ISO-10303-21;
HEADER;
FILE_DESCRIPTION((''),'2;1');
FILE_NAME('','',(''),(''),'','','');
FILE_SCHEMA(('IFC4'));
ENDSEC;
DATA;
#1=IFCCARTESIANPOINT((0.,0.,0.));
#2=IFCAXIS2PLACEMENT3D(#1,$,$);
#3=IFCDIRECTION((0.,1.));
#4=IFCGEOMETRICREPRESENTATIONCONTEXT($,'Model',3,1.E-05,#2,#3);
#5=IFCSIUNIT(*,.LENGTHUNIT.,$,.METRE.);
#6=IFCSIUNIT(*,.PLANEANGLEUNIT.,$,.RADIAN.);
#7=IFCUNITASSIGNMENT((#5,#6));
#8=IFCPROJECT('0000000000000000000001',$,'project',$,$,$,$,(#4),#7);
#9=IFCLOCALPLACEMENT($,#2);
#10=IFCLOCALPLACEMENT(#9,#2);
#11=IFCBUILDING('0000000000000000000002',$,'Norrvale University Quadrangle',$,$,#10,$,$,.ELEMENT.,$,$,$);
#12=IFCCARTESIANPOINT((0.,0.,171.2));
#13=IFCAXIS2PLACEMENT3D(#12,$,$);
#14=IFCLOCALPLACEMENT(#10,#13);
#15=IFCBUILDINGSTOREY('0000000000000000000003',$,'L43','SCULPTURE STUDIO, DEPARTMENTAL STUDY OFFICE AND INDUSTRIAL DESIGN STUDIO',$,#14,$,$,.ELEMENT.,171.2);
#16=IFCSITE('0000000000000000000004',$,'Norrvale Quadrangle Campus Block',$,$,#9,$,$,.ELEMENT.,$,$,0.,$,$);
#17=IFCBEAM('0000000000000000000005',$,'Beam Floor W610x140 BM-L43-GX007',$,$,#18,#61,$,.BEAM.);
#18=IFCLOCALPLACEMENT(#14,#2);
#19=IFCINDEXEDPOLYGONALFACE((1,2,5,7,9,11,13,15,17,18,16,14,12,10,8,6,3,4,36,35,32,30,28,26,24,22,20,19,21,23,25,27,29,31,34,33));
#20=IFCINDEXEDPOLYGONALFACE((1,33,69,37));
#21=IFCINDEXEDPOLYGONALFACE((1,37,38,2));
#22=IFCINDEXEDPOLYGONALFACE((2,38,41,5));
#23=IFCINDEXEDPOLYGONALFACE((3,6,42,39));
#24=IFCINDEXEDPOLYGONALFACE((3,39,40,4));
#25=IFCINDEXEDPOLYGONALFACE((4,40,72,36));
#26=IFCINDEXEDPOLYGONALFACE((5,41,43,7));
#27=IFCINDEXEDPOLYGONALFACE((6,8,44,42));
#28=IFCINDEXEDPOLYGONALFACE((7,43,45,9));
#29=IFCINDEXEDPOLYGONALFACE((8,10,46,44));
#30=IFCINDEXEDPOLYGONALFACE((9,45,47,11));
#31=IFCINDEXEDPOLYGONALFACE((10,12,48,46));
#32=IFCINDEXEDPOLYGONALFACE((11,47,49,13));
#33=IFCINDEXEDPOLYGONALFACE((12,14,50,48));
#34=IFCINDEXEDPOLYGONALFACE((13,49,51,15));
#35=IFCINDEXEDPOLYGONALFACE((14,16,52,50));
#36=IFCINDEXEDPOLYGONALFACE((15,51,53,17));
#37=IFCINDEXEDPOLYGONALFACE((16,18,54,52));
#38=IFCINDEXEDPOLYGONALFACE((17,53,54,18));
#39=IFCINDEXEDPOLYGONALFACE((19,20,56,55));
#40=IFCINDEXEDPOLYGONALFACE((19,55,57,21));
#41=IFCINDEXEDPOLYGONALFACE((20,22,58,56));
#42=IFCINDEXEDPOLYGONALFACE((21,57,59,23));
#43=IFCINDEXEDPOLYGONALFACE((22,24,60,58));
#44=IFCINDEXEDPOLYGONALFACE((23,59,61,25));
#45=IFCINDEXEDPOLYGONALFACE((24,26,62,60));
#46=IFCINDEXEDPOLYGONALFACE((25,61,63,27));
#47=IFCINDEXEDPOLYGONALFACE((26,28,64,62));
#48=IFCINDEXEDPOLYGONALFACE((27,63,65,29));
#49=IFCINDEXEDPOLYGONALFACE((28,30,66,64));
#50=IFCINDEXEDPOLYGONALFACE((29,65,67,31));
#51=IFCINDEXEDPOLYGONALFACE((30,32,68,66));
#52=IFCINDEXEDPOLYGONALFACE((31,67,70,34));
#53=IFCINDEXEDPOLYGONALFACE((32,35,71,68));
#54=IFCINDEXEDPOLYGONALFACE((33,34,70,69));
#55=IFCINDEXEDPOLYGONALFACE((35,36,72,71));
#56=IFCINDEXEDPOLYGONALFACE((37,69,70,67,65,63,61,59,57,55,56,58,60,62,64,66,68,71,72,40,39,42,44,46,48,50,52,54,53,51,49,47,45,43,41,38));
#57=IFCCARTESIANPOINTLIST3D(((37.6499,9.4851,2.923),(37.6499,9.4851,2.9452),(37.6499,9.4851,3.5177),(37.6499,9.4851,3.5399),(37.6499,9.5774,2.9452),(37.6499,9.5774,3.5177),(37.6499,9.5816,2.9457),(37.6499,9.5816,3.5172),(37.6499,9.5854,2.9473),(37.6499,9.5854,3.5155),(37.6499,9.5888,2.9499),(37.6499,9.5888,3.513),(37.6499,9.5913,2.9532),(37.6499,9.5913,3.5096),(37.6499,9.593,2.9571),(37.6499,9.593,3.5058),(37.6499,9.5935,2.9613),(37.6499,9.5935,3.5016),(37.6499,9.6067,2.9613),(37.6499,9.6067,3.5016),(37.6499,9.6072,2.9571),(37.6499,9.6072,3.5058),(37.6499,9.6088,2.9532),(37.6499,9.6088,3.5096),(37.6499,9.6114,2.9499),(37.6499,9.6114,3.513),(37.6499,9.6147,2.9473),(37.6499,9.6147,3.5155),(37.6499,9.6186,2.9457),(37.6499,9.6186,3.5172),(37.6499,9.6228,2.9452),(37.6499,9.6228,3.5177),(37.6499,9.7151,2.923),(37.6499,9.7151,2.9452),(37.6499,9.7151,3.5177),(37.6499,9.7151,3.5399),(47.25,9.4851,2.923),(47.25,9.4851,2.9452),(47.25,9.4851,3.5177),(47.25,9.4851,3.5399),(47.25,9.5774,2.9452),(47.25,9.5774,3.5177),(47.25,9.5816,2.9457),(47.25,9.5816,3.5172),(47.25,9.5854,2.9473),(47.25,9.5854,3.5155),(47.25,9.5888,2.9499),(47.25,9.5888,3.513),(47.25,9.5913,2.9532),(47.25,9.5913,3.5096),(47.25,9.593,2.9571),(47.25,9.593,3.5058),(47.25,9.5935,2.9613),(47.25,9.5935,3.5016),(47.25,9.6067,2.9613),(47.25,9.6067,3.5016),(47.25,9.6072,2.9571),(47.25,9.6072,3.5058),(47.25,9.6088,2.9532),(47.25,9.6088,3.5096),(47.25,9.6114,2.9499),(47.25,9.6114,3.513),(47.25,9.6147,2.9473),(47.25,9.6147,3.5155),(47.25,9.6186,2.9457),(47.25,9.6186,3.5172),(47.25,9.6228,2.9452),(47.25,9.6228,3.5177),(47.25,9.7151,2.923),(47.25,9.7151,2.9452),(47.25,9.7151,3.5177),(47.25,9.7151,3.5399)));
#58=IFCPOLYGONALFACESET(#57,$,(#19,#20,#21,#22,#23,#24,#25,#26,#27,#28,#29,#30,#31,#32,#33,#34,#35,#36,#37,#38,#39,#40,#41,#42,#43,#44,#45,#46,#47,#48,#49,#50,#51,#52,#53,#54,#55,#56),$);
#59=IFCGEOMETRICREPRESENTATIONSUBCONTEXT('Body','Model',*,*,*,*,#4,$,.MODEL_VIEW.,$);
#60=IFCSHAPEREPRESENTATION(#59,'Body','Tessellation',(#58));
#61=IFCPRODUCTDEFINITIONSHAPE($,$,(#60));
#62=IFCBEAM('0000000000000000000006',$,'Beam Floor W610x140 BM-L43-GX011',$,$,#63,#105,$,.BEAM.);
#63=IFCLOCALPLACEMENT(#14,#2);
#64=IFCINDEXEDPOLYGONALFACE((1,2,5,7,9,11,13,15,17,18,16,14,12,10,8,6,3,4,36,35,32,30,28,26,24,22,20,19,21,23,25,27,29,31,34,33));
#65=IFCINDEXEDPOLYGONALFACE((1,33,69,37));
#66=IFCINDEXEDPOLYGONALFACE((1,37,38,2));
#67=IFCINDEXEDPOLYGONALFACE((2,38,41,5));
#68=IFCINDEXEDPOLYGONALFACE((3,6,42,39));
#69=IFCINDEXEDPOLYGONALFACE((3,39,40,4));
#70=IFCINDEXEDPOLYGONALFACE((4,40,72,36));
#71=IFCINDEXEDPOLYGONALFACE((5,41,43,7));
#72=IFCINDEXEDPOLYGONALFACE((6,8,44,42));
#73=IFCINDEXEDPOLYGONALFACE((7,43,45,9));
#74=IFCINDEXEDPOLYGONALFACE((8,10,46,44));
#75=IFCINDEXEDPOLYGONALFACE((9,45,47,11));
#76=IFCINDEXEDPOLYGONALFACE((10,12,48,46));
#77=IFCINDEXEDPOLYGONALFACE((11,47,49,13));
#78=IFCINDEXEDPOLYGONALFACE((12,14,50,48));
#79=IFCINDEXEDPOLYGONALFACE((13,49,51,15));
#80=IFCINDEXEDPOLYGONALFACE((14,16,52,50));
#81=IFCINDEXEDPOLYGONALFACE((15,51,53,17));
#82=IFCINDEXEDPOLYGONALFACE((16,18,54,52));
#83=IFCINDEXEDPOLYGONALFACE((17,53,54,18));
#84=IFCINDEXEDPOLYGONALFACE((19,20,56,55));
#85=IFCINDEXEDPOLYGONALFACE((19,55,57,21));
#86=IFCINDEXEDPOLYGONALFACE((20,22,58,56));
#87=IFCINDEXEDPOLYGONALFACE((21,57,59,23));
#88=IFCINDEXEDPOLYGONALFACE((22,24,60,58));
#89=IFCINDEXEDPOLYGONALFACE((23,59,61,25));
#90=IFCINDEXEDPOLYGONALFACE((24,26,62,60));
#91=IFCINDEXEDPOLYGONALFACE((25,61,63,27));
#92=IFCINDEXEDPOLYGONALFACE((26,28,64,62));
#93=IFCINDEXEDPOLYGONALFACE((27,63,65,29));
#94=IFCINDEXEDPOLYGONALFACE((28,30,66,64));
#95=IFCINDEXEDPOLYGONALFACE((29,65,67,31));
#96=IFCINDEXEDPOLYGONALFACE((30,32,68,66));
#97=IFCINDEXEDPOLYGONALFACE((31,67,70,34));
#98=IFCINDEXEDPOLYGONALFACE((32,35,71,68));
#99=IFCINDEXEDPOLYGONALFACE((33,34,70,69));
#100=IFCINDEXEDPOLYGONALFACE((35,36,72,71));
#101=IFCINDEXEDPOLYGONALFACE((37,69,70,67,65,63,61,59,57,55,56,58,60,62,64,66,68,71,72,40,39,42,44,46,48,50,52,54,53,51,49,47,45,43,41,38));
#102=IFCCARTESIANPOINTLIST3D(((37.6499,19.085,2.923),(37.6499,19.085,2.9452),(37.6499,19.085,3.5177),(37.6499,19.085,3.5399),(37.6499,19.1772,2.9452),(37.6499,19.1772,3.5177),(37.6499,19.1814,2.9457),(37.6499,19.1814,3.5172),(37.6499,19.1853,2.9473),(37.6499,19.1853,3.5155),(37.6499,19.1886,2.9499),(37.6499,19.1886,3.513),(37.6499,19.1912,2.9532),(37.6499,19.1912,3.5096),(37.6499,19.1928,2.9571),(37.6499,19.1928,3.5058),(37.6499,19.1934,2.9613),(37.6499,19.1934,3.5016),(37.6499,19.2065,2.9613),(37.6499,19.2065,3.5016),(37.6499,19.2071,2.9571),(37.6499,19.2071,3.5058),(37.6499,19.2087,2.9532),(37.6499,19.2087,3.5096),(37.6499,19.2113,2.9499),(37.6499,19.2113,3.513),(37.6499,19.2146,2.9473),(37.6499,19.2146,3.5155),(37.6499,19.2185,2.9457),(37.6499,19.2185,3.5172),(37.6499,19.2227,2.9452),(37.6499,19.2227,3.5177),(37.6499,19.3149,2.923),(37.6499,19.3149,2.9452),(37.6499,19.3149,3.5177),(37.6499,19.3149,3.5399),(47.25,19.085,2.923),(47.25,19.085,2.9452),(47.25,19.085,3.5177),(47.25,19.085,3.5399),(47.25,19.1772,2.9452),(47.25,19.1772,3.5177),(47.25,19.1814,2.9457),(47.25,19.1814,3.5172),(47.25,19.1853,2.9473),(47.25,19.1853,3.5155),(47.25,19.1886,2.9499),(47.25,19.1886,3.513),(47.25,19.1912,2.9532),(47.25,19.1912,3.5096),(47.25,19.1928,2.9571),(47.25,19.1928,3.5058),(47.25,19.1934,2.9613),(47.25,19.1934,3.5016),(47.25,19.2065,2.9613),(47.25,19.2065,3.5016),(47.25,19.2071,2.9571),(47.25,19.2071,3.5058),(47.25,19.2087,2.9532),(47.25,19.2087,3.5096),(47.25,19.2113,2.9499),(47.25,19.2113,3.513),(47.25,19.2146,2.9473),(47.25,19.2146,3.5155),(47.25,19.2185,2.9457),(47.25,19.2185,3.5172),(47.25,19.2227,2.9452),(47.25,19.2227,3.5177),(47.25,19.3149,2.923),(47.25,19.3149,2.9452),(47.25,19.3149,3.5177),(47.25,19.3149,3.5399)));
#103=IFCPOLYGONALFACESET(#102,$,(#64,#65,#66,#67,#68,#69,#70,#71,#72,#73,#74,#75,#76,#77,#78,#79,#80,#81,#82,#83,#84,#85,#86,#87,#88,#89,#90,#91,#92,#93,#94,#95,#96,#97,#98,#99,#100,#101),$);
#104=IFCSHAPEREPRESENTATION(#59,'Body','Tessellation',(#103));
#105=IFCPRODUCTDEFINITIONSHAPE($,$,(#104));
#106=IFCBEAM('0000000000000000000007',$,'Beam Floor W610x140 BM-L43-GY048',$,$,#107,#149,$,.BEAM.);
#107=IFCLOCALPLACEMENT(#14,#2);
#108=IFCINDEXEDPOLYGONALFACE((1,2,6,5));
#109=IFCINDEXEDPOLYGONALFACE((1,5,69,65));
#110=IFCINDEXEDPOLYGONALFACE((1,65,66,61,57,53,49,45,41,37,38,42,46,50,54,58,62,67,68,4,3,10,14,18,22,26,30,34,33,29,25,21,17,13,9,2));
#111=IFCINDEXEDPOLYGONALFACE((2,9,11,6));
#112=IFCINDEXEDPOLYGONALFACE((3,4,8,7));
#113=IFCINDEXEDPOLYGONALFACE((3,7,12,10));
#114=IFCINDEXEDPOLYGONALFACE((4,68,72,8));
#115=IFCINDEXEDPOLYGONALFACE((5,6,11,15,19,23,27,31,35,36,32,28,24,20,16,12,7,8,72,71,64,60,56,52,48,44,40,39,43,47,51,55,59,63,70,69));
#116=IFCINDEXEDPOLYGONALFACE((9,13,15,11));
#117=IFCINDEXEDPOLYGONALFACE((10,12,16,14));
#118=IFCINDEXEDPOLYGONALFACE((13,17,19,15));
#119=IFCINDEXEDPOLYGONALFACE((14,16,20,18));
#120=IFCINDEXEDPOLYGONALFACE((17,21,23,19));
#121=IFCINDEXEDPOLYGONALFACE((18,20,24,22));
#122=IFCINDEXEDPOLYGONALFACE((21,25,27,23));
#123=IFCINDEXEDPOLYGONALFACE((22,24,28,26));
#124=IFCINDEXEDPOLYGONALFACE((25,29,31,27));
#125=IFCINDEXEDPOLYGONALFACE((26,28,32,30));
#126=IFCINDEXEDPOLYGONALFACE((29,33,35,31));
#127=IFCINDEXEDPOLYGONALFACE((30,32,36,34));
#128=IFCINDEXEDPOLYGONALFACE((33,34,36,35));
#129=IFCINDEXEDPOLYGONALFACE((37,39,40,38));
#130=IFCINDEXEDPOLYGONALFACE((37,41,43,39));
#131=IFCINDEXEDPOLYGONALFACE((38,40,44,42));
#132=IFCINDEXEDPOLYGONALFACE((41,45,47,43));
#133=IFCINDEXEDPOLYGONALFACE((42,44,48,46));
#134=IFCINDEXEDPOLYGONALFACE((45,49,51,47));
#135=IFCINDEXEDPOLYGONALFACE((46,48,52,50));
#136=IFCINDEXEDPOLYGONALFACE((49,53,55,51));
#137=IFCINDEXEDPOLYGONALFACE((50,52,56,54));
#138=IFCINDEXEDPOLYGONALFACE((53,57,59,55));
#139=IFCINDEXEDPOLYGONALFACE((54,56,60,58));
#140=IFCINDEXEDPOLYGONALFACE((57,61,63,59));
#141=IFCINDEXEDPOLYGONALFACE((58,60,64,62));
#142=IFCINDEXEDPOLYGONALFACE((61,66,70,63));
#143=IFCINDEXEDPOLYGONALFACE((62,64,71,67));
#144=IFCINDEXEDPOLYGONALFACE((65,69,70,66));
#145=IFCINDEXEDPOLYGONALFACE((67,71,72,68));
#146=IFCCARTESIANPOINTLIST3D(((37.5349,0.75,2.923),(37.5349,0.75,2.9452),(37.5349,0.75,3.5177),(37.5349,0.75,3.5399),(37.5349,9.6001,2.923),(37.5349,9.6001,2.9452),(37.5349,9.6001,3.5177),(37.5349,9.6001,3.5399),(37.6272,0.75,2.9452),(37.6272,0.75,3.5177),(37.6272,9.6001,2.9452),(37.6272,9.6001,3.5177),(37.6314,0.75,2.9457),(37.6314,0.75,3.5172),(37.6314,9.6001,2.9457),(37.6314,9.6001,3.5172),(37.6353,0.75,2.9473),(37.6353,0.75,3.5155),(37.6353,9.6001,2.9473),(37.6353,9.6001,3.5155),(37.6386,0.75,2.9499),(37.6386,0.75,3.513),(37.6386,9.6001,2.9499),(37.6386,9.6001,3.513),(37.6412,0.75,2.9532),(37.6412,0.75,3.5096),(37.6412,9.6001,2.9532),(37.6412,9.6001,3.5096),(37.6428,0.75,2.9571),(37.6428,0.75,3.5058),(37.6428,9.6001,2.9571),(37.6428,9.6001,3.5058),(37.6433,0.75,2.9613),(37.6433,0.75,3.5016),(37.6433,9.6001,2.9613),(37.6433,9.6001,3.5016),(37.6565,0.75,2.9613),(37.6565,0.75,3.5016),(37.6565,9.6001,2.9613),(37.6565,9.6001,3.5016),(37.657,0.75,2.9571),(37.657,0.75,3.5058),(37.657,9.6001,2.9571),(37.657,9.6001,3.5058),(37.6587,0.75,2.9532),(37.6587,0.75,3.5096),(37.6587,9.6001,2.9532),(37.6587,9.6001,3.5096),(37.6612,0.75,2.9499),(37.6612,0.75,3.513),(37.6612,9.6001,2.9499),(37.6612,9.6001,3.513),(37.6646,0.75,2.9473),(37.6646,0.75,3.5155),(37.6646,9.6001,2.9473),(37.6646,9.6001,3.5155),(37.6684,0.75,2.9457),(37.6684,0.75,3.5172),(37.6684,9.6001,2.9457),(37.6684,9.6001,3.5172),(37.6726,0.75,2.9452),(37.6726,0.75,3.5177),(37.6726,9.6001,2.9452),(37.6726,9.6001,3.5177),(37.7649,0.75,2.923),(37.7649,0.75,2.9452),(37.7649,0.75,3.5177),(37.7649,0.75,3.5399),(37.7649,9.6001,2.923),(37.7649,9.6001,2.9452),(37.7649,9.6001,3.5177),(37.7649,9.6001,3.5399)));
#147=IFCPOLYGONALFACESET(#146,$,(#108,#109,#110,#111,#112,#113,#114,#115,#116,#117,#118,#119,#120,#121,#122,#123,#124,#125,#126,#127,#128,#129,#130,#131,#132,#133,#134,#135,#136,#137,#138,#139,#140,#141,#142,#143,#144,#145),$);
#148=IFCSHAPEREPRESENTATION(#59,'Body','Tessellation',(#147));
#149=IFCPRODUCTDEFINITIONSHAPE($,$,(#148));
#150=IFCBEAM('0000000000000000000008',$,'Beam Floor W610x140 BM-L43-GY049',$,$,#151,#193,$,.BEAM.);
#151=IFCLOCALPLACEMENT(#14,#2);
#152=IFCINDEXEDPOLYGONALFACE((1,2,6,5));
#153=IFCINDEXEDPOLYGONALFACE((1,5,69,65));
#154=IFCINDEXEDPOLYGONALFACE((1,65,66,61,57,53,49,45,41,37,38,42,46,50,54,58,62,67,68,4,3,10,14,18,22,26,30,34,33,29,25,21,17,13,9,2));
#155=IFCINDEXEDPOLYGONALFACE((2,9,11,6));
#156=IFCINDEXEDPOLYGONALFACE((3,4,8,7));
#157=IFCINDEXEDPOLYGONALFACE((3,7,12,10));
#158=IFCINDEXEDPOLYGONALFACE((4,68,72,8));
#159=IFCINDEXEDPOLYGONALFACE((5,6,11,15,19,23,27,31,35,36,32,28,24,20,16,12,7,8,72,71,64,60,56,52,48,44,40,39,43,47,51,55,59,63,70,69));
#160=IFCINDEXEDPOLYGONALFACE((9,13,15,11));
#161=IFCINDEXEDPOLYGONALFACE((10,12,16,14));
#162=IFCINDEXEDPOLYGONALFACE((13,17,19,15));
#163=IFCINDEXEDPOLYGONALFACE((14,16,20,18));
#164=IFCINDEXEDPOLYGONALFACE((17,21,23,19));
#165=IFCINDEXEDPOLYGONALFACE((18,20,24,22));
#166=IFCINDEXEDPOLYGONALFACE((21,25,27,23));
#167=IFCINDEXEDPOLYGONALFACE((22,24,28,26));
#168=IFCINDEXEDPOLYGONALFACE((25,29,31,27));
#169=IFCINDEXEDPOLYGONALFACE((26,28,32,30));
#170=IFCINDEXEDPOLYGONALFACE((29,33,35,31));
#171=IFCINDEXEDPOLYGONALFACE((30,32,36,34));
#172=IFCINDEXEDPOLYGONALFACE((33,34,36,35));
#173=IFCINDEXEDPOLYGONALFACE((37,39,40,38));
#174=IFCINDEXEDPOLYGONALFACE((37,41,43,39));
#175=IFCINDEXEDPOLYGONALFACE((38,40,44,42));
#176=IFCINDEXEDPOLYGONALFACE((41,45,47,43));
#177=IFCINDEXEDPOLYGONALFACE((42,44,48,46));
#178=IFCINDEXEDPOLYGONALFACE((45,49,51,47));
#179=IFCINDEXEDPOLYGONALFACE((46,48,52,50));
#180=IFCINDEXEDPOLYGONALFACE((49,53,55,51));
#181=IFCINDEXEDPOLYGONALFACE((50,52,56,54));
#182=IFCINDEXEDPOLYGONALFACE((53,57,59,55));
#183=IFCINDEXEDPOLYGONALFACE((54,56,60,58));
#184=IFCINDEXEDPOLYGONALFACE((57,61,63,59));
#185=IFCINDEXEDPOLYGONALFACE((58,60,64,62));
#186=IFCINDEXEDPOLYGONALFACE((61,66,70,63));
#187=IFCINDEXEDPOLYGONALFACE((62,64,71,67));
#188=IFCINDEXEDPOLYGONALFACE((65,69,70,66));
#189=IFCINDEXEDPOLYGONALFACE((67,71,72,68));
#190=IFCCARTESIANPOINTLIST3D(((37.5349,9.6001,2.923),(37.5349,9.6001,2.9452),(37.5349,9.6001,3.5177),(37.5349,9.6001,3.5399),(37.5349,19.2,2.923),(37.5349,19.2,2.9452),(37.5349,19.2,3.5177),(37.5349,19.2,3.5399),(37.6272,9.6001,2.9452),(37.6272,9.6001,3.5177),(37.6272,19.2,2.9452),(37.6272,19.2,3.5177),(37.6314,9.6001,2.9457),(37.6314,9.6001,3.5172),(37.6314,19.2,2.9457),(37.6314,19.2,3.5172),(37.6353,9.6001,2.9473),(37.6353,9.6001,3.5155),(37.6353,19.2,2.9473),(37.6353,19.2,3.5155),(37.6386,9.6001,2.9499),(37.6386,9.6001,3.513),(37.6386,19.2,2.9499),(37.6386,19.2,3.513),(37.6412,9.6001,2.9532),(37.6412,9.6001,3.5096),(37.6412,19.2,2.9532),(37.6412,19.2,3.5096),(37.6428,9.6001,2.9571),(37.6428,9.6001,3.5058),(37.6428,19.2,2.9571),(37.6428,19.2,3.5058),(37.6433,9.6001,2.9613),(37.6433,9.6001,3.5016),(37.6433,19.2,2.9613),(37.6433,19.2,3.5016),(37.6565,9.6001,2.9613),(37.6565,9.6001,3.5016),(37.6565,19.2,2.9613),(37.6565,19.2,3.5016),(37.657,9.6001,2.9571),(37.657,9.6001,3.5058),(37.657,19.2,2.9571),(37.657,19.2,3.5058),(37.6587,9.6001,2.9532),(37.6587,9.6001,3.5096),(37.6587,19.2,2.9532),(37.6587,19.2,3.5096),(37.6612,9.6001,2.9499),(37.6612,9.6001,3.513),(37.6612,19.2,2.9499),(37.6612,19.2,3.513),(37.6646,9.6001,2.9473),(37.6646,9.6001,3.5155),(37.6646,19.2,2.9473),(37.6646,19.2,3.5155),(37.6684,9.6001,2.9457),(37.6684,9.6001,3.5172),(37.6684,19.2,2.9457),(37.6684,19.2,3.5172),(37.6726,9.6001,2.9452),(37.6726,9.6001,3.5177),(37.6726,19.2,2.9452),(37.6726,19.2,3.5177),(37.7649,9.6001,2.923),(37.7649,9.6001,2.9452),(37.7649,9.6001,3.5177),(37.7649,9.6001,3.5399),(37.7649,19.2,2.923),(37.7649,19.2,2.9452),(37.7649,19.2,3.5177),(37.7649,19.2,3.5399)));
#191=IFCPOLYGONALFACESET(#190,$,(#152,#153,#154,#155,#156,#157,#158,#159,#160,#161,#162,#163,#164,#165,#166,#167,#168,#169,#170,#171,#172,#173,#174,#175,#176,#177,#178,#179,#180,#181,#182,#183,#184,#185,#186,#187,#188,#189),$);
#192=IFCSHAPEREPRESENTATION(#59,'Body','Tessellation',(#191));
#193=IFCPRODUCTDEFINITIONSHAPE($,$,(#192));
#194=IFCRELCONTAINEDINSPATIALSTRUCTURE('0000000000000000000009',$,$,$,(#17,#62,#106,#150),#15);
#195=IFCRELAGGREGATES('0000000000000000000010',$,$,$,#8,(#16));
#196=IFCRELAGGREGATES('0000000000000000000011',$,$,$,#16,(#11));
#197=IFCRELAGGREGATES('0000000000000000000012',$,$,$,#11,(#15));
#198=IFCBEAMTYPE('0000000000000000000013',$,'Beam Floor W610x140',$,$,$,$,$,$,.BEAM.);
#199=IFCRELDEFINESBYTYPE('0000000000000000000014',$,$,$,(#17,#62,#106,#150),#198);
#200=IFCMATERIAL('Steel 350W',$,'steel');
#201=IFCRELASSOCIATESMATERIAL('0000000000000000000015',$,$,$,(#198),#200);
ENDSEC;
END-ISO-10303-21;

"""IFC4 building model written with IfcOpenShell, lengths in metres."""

from ifc_helpers import new_model, si_unit, direction, frame, origin, origin_2d, place, context, subcontext, project, spatial, i_section, extrude, material, material_profile, profile_set, type_object, element, save


model = new_model("IFC4")

# Units and contexts
model_context = context("Model", 3, precision=1e-05, world=origin(), true_north=direction((0.0, 1.0)))
body_context = subcontext(model_context, "Body", "Model", "MODEL_VIEW")
ifc_project = project(units=[si_unit("LENGTHUNIT", "METRE"), si_unit("PLANEANGLEUNIT", "RADIAN")], contexts=[model_context])

# Site, building, storey
site_placement = place(None, origin())
site = spatial("IfcSite", under=ifc_project, at=site_placement, Name="Norrvale Quadrangle Campus Block", CompositionType="ELEMENT", RefElevation=0.0)
building_placement = place(site_placement, origin())
building = spatial("IfcBuilding", under=site, at=building_placement, Name="Norrvale University Quadrangle", CompositionType="ELEMENT")
storey_placement = place(building_placement, frame((0.0, 0.0, 171.2)))
storey = spatial("IfcBuildingStorey", under=building, at=storey_placement, Name="L43", Description="SCULPTURE STUDIO, DEPARTMENTAL STUDY OFFICE AND INDUSTRIAL DESIGN STUDIO", CompositionType="ELEMENT", Elevation=171.2)

# Beams
ifc_material_1 = material(Name="Steel 350W", Category="steel")
ifc_material_profile_1 = material_profile(ifc_material_1, i_section(OverallWidth=0.23, OverallDepth=0.6169, WebThickness=0.0132, FlangeThickness=0.0222, FilletRadius=0.0161, at=origin_2d()), Name="Steel 350W")
ifc_profile_set_1 = profile_set([ifc_material_profile_1], Name="Steel 350W")
beam_type_1 = type_object("IfcBeamType", Name="Beam Floor W610x140", PredefinedType="BEAM", material=ifc_profile_set_1)
for number, where, z_axis, x_axis, name in (
    (1, (37.6499, 9.6001, 3.2314), (1.0, 0.0, 0.0), (0.0, 1.0, 0.0), "Beam Floor W610x140 BM-L43-GX007"),
    (2, (37.6499, 19.2, 3.2314), (1.0, 0.0, 0.0), (0.0, 1.0, 0.0), "Beam Floor W610x140 BM-L43-GX011"),
):
    element("IfcBeam", number, at=place(storey_placement, frame(where, z_axis=z_axis, x_axis=x_axis)), inside=storey, type_object=beam_type_1, Name=name, PredefinedType="BEAM", context=body_context, shape_type="SweptSolid", body=[
        extrude(i_section(OverallWidth=0.23, OverallDepth=0.6169, WebThickness=0.0132, FlangeThickness=0.0222, FilletRadius=0.0161, at=origin_2d()), origin(), (0.0, 0.0, 1.0), 9.6001),
    ])
beam_1_placement = place(storey_placement, frame((37.6499, 0.75, 3.2314), z_axis=(0.0, 1.0, 0.0), x_axis=(-1.0, 0.0, 0.0)))
element("IfcBeam", 3, at=beam_1_placement, inside=storey, type_object=beam_type_1, Name="Beam Floor W610x140 BM-L43-GY048", PredefinedType="BEAM", context=body_context, shape_type="SweptSolid", body=[
    extrude(i_section(OverallWidth=0.23, OverallDepth=0.6169, WebThickness=0.0132, FlangeThickness=0.0222, FilletRadius=0.0161, at=origin_2d()), origin(), (0.0, 0.0, 1.0), 8.8501),
])
beam_2_placement = place(storey_placement, frame((37.6499, 9.6001, 3.2314), z_axis=(0.0, 1.0, 0.0), x_axis=(-1.0, 0.0, 0.0)))
element("IfcBeam", 4, at=beam_2_placement, inside=storey, type_object=beam_type_1, Name="Beam Floor W610x140 BM-L43-GY049", PredefinedType="BEAM", context=body_context, shape_type="SweptSolid", body=[
    extrude(i_section(OverallWidth=0.23, OverallDepth=0.6169, WebThickness=0.0132, FlangeThickness=0.0222, FilletRadius=0.0161, at=origin_2d()), origin(), (0.0, 0.0, 1.0), 9.5999),
])

save(model, "model.ifc")
